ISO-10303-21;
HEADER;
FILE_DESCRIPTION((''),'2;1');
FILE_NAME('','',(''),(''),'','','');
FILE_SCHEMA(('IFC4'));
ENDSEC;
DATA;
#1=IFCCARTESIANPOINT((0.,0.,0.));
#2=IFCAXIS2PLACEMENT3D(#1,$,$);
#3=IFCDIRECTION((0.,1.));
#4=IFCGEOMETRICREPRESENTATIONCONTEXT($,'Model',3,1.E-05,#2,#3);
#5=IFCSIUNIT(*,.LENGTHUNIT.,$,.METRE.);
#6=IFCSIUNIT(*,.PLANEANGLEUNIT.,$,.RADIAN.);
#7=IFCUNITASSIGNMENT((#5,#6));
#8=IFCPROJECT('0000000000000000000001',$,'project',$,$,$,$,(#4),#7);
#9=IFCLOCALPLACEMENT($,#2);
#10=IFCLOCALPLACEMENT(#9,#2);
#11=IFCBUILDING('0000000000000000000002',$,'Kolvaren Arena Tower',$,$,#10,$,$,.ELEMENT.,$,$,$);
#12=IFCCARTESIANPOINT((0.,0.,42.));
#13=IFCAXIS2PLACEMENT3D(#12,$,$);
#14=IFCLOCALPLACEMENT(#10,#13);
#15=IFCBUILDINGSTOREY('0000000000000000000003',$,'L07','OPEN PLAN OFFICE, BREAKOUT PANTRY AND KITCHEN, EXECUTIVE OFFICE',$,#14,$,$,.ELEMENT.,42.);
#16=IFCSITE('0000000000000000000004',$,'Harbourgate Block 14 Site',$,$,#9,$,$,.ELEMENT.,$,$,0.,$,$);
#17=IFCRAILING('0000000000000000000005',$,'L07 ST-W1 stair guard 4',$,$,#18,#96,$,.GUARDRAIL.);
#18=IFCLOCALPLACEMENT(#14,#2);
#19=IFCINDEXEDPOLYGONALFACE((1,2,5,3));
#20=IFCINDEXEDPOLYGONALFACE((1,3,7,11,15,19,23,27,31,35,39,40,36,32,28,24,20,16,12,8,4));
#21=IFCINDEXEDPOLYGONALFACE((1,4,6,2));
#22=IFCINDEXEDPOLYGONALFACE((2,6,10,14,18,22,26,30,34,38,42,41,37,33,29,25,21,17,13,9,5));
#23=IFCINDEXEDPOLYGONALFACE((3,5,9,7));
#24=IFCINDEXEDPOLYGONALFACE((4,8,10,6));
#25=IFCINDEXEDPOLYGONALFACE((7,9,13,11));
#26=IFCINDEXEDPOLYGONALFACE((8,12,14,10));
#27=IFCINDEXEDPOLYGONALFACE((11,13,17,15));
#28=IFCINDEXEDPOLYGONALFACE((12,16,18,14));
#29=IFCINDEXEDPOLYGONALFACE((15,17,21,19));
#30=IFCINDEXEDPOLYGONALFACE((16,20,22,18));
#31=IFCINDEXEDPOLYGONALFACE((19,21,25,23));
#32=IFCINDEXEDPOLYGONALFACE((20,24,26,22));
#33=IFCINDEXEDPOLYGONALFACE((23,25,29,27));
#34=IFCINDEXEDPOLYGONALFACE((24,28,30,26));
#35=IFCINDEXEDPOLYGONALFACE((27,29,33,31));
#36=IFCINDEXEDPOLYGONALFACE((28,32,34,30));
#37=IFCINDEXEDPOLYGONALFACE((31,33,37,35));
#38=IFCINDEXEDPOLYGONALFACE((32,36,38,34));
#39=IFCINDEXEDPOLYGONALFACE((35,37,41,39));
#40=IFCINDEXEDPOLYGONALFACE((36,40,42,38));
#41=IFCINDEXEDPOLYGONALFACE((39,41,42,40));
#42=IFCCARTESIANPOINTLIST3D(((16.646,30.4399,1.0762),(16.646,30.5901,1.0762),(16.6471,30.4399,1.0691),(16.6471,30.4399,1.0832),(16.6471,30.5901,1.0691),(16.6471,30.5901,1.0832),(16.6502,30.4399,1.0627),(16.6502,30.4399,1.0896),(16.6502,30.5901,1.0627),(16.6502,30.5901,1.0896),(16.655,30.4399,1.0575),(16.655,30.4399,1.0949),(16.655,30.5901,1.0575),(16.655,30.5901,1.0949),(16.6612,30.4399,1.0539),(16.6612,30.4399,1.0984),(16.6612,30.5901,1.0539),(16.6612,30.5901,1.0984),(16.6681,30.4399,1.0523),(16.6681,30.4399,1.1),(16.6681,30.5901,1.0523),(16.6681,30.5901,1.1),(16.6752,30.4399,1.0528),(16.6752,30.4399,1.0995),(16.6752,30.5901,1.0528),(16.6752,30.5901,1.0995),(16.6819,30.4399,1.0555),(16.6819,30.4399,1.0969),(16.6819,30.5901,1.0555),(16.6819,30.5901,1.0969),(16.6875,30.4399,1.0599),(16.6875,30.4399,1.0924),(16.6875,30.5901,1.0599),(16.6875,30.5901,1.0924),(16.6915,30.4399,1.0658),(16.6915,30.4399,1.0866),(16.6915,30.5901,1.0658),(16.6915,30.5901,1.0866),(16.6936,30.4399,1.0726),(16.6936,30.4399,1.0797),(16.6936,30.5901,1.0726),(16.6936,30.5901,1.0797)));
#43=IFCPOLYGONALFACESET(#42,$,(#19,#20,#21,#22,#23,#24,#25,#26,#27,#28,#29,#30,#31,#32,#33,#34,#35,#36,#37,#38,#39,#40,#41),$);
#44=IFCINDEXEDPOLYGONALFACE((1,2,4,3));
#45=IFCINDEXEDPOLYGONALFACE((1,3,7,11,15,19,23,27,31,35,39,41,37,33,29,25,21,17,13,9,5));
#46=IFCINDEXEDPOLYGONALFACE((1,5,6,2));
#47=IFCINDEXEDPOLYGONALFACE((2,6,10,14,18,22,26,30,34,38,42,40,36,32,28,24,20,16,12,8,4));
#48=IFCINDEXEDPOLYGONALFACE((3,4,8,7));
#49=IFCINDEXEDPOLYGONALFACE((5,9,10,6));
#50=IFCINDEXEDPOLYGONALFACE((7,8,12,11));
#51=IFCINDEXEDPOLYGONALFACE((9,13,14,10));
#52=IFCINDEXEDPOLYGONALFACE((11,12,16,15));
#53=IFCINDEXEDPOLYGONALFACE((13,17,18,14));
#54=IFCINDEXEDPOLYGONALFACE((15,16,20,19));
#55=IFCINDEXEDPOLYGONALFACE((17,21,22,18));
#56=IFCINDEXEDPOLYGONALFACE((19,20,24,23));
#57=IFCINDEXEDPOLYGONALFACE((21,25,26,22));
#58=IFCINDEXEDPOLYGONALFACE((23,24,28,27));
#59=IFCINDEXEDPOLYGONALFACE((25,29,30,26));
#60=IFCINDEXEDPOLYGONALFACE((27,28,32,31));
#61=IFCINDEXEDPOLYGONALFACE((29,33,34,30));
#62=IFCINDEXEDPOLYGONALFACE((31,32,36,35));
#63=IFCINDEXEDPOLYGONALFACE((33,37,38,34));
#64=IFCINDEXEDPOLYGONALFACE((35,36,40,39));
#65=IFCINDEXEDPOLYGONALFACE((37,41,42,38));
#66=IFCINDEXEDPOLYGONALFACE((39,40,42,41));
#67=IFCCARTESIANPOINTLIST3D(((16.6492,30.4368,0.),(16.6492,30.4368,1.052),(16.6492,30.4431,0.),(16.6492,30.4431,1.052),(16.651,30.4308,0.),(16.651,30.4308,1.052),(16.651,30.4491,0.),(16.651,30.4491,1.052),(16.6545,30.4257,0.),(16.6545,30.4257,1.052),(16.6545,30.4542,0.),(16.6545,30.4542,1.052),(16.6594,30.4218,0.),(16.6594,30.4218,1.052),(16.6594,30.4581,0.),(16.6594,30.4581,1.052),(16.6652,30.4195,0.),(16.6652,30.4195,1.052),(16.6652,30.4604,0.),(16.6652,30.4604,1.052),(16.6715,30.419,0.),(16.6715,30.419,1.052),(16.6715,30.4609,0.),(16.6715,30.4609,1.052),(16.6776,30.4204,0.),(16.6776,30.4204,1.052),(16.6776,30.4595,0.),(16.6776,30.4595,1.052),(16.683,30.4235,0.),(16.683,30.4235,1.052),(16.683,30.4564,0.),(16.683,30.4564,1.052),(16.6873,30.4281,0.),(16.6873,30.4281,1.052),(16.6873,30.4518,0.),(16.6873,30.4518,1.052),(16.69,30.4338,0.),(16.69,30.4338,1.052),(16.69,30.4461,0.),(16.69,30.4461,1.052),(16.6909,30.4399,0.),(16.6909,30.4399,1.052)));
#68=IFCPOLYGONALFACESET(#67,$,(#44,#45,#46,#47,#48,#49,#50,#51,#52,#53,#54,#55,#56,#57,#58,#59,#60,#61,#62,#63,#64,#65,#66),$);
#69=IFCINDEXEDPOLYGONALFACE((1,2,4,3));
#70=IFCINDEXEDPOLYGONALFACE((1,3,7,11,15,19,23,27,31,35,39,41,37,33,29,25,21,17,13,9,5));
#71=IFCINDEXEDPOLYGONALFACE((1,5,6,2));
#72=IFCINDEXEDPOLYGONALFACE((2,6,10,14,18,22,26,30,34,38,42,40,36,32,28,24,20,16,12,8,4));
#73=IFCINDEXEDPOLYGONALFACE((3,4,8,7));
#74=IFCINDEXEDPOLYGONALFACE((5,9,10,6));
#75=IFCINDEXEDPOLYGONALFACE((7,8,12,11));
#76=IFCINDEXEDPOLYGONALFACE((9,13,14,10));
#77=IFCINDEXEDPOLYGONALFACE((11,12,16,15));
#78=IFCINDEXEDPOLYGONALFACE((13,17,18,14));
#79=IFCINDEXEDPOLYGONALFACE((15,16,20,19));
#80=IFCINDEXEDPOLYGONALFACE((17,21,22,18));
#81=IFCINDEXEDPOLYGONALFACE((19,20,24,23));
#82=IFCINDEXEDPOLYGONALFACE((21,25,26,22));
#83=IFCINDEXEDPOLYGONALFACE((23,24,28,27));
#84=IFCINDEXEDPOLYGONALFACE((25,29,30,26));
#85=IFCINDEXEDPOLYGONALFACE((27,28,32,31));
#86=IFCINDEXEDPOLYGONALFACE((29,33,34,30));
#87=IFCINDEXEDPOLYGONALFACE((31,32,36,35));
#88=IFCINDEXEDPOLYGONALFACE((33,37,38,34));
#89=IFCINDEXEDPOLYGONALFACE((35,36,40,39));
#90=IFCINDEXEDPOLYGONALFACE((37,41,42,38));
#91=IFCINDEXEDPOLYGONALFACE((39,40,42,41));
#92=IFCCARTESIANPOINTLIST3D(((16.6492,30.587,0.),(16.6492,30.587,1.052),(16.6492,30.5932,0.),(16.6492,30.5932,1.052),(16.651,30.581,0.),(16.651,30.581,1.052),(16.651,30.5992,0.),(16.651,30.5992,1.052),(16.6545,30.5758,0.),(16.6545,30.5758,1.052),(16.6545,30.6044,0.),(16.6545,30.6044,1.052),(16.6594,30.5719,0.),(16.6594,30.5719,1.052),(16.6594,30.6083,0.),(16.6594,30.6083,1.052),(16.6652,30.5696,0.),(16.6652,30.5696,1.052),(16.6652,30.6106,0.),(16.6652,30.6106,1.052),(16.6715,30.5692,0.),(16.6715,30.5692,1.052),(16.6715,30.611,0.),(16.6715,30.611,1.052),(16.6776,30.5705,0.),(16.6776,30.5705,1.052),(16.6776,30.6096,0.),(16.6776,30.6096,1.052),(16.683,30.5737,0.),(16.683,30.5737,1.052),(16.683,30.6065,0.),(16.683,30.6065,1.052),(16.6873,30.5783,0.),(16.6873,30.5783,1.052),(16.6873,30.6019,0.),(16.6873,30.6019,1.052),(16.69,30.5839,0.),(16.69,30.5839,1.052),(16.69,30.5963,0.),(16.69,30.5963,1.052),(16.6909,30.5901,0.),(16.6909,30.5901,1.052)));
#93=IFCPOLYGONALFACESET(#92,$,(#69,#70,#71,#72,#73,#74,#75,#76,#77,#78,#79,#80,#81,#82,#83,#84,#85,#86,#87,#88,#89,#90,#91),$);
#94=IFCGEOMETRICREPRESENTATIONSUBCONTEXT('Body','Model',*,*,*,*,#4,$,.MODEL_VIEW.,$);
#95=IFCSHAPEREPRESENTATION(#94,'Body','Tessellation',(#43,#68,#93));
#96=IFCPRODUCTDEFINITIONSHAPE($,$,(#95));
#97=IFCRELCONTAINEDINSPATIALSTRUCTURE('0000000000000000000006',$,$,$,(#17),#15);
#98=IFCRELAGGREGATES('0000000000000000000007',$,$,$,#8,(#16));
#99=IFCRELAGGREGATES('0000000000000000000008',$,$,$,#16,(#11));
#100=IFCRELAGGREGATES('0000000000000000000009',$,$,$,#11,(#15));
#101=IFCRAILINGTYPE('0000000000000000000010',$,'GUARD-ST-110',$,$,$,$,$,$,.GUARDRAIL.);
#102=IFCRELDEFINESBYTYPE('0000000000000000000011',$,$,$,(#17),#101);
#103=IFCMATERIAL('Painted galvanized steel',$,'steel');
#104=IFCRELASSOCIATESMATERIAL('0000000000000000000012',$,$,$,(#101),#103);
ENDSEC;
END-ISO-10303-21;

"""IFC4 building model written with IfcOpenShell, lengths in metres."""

from ifc_helpers import new_model, si_unit, direction, frame, origin, origin_2d, place, context, subcontext, project, spatial, circle, extrude, material, type_object, element, save


model = new_model("IFC4")

# Units and contexts
model_context = context("Model", 3, precision=1e-05, world=origin(), true_north=direction((0.0, 1.0)))
body_context = subcontext(model_context, "Body", "Model", "MODEL_VIEW")
ifc_project = project(units=[si_unit("LENGTHUNIT", "METRE"), si_unit("PLANEANGLEUNIT", "RADIAN")], contexts=[model_context])

# Site, building, storey
site_placement = place(None, origin())
site = spatial("IfcSite", under=ifc_project, at=site_placement, Name="Harbourgate Block 14 Site", CompositionType="ELEMENT", RefElevation=0.0)
building_placement = place(site_placement, origin())
building = spatial("IfcBuilding", under=site, at=building_placement, Name="Kolvaren Arena Tower", CompositionType="ELEMENT")
storey_placement = place(building_placement, frame((0.0, 0.0, 42.0)))
storey = spatial("IfcBuildingStorey", under=building, at=storey_placement, Name="L07", Description="OPEN PLAN OFFICE, BREAKOUT PANTRY AND KITCHEN, EXECUTIVE OFFICE", CompositionType="ELEMENT", Elevation=42.0)

# Railing
ifc_material_1 = material(Name="Painted galvanized steel", Category="steel")
railing_type_1 = type_object("IfcRailingType", Name="GUARD-ST-110", PredefinedType="GUARDRAIL", material=ifc_material_1)
railing_1_placement = place(storey_placement, frame((16.6699, 30.4399, 0.0)))
element("IfcRailing", 1, at=railing_1_placement, inside=storey, type_object=railing_type_1, Name="L07 ST-W1 stair guard 4", PredefinedType="GUARDRAIL", context=body_context, shape_type="SweptSolid", body=[
    extrude(circle(Radius=0.0239, at=origin_2d()), frame((0.0, 0.0, 1.0762), z_axis=(0.0, 1.0, 0.0), x_axis=(-1.0, 0.0, 0.0)), (0.0, 0.0, 1.0), 0.1501),
    extrude(circle(Radius=0.021, at=origin_2d()), origin(), (0.0, 0.0, 1.0), 1.052),
    extrude(circle(Radius=0.021, at=origin_2d()), frame((0.0, 0.1501, 0.0)), (0.0, 0.0, 1.0), 1.052),
])

save(model, "model.ifc")
